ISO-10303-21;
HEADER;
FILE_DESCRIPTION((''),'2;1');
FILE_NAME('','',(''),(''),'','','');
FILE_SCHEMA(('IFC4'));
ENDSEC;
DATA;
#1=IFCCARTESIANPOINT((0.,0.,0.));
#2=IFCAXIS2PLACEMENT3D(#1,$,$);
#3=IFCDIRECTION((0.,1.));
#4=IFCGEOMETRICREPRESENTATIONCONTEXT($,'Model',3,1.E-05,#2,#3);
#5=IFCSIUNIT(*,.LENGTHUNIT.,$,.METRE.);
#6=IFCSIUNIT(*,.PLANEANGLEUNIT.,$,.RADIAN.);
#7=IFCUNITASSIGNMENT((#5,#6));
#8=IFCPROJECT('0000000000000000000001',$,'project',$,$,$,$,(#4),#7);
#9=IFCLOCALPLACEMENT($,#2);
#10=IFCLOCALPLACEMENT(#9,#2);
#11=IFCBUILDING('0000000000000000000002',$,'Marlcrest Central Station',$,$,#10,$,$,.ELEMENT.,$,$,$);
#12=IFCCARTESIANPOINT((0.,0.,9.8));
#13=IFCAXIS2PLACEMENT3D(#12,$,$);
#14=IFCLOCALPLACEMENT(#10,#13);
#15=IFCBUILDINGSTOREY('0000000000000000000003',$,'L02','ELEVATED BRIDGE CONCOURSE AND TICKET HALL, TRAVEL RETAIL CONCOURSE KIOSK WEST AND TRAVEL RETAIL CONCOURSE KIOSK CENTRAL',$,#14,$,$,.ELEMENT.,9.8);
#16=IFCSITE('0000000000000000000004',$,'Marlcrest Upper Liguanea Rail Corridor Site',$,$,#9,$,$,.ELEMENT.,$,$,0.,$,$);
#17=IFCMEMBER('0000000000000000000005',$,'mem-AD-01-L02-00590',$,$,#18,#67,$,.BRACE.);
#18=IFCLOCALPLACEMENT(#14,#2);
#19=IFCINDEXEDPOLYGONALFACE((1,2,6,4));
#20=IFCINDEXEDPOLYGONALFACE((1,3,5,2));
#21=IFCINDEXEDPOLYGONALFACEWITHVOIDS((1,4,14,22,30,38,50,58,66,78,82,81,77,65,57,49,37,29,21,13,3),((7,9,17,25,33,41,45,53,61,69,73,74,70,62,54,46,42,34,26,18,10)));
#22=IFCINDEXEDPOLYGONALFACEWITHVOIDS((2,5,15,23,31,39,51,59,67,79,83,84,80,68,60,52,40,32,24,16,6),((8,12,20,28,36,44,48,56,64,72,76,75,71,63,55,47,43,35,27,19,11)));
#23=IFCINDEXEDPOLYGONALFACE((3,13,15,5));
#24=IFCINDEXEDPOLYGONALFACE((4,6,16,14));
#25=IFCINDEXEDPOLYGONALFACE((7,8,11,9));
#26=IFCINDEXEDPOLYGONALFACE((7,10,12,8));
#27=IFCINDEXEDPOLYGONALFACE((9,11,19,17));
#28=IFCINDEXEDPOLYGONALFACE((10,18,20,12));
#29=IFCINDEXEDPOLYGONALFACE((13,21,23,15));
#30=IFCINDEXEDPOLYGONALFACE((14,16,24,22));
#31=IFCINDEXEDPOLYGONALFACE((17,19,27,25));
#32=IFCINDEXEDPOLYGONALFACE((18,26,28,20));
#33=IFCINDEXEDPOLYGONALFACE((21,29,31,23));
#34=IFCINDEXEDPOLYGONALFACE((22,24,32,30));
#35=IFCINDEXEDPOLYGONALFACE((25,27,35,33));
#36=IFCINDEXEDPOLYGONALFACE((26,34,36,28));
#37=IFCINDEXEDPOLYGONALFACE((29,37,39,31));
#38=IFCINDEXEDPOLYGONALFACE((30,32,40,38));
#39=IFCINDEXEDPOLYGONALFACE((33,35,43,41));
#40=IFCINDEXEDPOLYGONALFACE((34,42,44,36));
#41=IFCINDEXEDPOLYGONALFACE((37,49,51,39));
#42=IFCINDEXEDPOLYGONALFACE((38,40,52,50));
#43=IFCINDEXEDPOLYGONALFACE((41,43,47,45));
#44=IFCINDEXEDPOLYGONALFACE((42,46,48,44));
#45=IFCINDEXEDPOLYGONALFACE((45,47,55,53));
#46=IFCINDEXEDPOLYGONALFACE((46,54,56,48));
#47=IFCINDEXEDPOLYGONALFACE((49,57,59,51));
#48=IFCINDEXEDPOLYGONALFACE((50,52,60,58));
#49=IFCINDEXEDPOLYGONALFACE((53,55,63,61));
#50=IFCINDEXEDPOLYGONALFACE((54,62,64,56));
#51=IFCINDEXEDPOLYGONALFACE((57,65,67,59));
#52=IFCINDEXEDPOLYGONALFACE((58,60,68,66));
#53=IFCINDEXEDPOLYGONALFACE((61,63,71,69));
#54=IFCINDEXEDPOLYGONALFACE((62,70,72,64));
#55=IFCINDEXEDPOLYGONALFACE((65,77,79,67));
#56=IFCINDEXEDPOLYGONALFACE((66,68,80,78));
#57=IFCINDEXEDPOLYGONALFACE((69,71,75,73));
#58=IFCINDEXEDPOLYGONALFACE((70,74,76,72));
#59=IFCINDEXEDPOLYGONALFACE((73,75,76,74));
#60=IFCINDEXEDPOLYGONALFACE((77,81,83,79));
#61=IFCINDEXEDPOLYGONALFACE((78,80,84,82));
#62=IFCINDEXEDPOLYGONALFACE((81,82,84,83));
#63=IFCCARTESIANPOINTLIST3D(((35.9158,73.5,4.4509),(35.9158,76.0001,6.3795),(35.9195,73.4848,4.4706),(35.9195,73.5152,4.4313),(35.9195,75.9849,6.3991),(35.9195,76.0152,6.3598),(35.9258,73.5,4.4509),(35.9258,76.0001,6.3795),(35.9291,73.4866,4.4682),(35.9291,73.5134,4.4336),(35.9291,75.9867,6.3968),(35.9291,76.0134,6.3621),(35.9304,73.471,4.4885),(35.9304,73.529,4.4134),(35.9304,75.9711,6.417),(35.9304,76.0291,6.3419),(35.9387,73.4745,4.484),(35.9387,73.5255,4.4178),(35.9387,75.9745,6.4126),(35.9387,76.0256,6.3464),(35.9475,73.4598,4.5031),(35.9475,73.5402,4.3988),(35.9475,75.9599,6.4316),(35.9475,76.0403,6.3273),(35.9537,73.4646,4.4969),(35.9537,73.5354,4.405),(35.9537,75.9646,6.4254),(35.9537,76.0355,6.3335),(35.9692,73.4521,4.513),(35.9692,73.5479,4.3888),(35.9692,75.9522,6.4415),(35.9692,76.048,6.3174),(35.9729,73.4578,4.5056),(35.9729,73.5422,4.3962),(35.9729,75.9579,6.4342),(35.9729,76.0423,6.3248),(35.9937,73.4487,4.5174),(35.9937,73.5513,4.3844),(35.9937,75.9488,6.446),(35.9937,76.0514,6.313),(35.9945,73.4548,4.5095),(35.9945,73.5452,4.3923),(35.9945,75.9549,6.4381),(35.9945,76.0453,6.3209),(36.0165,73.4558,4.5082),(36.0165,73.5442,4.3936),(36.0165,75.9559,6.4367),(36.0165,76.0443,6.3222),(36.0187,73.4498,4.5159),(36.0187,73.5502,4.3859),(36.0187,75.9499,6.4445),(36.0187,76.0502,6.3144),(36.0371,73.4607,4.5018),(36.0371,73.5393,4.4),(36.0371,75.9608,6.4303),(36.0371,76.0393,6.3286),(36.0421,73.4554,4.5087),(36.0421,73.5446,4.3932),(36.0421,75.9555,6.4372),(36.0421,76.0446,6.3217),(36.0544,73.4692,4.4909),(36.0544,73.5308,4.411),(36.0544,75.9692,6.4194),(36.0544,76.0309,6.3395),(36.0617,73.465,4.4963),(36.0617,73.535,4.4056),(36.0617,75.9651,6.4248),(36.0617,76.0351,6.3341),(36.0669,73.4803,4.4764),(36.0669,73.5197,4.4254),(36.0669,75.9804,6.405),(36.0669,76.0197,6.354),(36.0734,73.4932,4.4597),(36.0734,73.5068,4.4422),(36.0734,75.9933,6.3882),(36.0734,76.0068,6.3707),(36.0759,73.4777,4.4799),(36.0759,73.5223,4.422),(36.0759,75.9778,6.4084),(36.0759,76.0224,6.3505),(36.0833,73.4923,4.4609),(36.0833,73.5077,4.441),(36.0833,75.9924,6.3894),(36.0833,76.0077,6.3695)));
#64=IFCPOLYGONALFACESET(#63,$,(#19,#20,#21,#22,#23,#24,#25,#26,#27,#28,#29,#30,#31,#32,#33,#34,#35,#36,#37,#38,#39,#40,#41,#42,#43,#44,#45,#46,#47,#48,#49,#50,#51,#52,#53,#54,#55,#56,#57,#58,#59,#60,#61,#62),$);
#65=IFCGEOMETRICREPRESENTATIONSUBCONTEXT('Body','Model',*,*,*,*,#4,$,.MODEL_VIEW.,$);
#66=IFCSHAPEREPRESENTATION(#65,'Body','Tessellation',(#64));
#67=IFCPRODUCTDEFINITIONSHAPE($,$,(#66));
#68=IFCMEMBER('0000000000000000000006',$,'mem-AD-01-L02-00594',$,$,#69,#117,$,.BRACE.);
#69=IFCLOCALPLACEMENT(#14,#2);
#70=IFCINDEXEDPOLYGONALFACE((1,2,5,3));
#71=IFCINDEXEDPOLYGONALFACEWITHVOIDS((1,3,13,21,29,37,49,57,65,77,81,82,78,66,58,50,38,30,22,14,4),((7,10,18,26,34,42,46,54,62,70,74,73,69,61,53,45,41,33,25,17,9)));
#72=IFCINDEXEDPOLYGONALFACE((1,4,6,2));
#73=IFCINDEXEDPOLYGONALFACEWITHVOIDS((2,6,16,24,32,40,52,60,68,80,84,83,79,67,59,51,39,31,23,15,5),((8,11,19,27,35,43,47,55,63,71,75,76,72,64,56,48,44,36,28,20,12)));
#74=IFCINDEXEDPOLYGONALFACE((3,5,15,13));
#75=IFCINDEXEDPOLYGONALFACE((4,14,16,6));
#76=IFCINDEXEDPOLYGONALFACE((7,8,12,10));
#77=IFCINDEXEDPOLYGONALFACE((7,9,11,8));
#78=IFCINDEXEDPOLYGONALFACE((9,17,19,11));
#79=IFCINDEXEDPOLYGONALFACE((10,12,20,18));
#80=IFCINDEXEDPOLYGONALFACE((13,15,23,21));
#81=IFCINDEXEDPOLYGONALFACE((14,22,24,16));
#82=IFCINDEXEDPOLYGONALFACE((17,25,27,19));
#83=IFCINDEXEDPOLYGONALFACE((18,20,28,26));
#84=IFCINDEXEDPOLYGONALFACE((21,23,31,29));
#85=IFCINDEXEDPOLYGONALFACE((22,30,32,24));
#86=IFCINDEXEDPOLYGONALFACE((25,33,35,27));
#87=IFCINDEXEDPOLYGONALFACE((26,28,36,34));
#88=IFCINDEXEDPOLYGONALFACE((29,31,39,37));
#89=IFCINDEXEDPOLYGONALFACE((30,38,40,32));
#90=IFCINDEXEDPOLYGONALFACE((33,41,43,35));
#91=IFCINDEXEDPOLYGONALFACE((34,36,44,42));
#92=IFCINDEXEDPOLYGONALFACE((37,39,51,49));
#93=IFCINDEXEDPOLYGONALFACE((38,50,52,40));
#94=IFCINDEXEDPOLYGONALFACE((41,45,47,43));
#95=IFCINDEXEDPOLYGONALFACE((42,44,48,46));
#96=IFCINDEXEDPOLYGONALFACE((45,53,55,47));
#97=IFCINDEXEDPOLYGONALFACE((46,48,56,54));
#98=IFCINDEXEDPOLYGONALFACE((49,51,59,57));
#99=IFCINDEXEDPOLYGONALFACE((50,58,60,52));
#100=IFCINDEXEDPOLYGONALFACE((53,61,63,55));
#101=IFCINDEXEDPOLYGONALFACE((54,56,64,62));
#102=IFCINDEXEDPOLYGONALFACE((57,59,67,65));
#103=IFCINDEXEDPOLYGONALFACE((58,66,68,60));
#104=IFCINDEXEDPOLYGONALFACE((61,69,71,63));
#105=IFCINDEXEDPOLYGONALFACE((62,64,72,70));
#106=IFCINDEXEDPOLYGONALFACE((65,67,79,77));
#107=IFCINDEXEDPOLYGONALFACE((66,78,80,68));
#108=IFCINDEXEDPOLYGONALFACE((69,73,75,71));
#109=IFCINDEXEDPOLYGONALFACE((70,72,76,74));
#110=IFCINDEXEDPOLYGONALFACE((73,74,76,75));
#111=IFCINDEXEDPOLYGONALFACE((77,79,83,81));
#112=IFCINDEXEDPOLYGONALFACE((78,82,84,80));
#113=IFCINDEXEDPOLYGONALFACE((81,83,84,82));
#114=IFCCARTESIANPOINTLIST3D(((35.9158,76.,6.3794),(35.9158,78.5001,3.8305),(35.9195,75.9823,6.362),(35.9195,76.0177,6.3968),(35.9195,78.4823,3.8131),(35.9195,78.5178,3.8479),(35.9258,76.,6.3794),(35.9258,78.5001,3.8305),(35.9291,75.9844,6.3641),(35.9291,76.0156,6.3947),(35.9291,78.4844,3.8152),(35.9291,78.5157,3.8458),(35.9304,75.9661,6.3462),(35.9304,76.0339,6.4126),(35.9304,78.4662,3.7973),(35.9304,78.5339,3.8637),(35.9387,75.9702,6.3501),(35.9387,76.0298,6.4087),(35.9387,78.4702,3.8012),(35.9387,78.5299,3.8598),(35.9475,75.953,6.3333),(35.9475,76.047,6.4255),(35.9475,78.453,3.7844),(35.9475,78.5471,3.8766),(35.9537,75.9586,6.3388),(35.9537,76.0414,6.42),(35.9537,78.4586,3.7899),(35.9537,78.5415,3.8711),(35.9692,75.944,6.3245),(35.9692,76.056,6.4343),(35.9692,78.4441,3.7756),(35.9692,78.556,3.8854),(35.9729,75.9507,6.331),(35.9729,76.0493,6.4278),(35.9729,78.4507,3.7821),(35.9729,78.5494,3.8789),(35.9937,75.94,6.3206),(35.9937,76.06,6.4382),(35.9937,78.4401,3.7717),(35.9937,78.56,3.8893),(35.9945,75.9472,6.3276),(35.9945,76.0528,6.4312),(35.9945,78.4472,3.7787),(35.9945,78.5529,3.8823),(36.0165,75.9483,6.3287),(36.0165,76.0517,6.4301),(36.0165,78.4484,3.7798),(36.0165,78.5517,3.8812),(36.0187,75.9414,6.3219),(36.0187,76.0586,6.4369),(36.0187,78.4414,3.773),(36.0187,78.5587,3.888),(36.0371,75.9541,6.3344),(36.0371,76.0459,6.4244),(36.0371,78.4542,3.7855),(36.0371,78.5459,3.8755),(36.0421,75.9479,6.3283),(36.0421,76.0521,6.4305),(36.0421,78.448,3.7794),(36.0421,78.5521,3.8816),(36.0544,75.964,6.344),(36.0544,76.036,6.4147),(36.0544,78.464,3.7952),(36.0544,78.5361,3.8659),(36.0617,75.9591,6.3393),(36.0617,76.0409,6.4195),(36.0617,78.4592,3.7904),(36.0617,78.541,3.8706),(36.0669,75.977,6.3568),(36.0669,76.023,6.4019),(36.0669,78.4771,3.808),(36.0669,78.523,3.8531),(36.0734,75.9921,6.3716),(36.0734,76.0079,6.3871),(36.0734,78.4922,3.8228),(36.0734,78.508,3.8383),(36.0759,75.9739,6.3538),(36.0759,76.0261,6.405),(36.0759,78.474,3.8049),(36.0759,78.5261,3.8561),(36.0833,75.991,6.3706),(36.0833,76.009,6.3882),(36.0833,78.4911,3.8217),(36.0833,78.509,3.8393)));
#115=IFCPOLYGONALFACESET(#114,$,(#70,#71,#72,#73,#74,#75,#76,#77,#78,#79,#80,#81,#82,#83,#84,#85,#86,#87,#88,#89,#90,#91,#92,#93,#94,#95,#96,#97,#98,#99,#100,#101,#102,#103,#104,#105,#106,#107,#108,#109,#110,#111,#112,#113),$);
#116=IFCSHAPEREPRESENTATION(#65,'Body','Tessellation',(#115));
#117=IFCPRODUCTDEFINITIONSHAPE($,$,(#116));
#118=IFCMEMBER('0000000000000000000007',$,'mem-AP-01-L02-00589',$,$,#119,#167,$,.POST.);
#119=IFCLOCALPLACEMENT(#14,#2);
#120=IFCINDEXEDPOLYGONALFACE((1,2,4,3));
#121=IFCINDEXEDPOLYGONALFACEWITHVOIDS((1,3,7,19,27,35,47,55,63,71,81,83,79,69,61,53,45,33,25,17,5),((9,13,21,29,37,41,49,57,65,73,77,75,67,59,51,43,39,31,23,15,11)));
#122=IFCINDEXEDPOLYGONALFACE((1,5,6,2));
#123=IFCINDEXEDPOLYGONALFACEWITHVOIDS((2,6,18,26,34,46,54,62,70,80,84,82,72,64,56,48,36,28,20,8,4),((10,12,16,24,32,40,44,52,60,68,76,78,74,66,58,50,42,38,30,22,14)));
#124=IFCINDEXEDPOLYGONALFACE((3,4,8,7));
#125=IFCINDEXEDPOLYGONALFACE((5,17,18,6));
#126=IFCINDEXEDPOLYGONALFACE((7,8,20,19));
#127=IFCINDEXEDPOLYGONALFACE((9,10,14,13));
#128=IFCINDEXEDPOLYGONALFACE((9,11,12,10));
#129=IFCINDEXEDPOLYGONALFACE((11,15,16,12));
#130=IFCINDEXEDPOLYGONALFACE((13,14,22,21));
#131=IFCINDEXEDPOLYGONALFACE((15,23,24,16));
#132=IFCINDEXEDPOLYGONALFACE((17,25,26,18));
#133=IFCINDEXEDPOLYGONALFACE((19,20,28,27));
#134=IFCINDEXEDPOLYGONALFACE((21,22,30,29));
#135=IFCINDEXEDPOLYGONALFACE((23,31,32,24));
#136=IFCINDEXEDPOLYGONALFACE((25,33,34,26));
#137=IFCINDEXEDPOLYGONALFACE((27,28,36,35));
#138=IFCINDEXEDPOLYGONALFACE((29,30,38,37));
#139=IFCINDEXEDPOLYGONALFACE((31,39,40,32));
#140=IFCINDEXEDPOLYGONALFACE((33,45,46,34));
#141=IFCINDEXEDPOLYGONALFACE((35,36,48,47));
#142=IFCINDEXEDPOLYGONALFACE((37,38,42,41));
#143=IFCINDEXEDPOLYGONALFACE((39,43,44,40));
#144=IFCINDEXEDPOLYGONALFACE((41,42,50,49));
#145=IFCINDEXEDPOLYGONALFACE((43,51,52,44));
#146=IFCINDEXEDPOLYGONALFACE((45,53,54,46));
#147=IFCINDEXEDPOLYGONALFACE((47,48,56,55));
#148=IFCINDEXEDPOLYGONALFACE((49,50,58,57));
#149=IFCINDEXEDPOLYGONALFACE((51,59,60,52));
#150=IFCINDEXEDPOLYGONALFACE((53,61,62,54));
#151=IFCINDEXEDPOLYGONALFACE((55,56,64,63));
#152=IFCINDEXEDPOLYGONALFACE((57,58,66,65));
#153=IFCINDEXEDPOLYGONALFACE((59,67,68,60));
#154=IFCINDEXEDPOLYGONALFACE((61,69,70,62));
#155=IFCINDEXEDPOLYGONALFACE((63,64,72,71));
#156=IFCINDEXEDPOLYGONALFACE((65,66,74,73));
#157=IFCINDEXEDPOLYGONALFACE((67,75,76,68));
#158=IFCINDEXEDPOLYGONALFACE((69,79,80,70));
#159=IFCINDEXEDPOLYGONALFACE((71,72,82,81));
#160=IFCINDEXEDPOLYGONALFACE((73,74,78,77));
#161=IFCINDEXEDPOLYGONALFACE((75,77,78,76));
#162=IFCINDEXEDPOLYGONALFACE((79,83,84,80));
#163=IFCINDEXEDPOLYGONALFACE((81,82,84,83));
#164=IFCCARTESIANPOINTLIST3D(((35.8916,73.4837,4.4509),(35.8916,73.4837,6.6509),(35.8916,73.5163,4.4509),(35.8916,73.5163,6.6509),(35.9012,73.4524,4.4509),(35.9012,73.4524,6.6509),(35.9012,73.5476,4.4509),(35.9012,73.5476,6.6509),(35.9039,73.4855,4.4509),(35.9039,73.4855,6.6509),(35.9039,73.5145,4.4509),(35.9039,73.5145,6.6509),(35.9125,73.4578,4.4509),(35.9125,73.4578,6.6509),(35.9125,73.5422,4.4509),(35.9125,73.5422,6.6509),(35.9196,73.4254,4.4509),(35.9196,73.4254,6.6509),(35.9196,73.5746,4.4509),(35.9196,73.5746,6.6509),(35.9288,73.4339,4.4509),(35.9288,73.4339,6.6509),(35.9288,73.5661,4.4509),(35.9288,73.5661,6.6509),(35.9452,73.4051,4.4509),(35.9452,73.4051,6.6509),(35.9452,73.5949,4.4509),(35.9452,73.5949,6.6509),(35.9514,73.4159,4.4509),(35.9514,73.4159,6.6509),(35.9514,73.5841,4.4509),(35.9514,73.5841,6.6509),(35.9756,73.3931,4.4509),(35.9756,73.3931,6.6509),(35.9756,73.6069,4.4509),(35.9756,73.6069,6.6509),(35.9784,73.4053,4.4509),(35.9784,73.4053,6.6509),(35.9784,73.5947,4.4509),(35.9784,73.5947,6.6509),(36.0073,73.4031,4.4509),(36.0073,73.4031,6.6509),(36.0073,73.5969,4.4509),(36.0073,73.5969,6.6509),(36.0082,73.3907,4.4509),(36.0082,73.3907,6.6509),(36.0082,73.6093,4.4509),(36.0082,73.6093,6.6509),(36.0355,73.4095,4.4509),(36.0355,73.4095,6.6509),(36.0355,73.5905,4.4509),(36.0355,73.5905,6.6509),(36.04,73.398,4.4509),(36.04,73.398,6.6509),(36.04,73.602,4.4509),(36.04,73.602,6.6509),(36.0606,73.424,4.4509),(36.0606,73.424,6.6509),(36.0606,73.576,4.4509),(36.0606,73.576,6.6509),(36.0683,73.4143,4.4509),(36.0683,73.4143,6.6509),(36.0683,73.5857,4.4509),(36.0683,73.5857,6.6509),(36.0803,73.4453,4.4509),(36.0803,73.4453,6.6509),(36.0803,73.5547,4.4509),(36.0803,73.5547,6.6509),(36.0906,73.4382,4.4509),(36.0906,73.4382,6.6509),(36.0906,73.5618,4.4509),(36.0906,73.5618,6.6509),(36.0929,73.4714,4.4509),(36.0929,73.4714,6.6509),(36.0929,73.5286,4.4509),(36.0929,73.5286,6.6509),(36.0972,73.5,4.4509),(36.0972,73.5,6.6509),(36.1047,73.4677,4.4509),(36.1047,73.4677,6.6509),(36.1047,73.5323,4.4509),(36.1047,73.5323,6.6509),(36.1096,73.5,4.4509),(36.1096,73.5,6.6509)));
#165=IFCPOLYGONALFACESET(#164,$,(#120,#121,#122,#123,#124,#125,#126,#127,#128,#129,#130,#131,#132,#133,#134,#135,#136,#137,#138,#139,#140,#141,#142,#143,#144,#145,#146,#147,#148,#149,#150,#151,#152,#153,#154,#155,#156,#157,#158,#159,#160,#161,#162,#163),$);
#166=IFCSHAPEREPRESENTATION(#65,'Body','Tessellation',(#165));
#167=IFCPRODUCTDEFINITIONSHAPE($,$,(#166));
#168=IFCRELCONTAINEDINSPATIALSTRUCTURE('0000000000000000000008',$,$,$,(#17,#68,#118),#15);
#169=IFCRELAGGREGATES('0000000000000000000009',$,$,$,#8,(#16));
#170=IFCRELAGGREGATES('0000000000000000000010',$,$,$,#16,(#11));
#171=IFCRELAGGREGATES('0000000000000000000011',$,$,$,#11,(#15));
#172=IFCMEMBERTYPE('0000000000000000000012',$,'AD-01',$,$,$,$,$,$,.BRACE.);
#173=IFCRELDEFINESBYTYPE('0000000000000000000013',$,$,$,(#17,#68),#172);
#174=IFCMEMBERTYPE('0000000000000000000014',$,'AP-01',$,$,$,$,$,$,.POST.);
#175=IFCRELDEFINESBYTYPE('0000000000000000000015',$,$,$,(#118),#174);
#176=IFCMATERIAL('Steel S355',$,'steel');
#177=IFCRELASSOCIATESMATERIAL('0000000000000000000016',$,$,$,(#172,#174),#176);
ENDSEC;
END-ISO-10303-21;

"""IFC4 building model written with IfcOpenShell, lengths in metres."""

from ifc_helpers import new_model, si_unit, direction, frame, origin, origin_2d, place, context, subcontext, project, spatial, hollow_circle, extrude, material, material_profile, profile_set, type_object, element, save


model = new_model("IFC4")

# Units and contexts
model_context = context("Model", 3, precision=1e-05, world=origin(), true_north=direction((0.0, 1.0)))
body_context = subcontext(model_context, "Body", "Model", "MODEL_VIEW")
ifc_project = project(units=[si_unit("LENGTHUNIT", "METRE"), si_unit("PLANEANGLEUNIT", "RADIAN")], contexts=[model_context])

# Site, building, storey
site_placement = place(None, origin())
site = spatial("IfcSite", under=ifc_project, at=site_placement, Name="Marlcrest Upper Liguanea Rail Corridor Site", CompositionType="ELEMENT", RefElevation=0.0)
building_placement = place(site_placement, origin())
building = spatial("IfcBuilding", under=site, at=building_placement, Name="Marlcrest Central Station", CompositionType="ELEMENT")
storey_placement = place(building_placement, frame((0.0, 0.0, 9.8)))
storey = spatial("IfcBuildingStorey", under=building, at=storey_placement, Name="L02", Description="ELEVATED BRIDGE CONCOURSE AND TICKET HALL, TRAVEL RETAIL CONCOURSE KIOSK WEST AND TRAVEL RETAIL CONCOURSE KIOSK CENTRAL", CompositionType="ELEMENT", Elevation=9.8)

# Members
ifc_material = material(Name="Steel S355", Category="steel")
ifc_material_profile_1 = material_profile(ifc_material, hollow_circle(Radius=0.0842, WallThickness=0.01, at=origin_2d()), Name="CHS 168.3x10")
ifc_profile_set_1 = profile_set([ifc_material_profile_1], Name="Steel S355")
member_type_1 = type_object("IfcMemberType", Name="AD-01", PredefinedType="BRACE", material=ifc_profile_set_1)
member_1_placement = place(storey_placement, frame((36.0, 73.5, 4.4509), z_axis=(0.0, 0.791798, 0.610783), x_axis=(-1.0, 0.0, 0.0)))
element("IfcMember", 1, at=member_1_placement, inside=storey, type_object=member_type_1, Name="mem-AD-01-L02-00590", PredefinedType="BRACE", context=body_context, shape_type="SweptSolid", body=[
    extrude(hollow_circle(Radius=0.0842, WallThickness=0.01, at=origin_2d()), origin(), (0.0, 0.0, 1.0), 3.1575),
])
member_2_placement = place(storey_placement, frame((36.0, 76.0, 6.3794), z_axis=(0.0, 0.700235, -0.713912), x_axis=(-1.0, 0.0, 0.0)))
element("IfcMember", 2, at=member_2_placement, inside=storey, type_object=member_type_1, Name="mem-AD-01-L02-00594", PredefinedType="BRACE", context=body_context, shape_type="SweptSolid", body=[
    extrude(hollow_circle(Radius=0.0842, WallThickness=0.01, at=origin_2d()), origin(), (0.0, 0.0, 1.0), 3.5703),
])
ifc_material_profile_2 = material_profile(ifc_material, hollow_circle(Radius=0.1096, WallThickness=0.0125, at=origin_2d()), Name="CHS 219.1x12.5")
ifc_profile_set_2 = profile_set([ifc_material_profile_2], Name="Steel S355")
member_type_2 = type_object("IfcMemberType", Name="AP-01", PredefinedType="POST", material=ifc_profile_set_2)
for number, where, z_axis, x_axis, name in (
    (3, (36.0, 73.5, 4.4509), (0.0, 0.0, 1.0), (1.0, 0.0, 0.0), "mem-AP-01-L02-00589"),
):
    element("IfcMember", number, at=place(storey_placement, frame(where, z_axis=z_axis, x_axis=x_axis)), inside=storey, type_object=member_type_2, Name=name, PredefinedType="POST", context=body_context, shape_type="SweptSolid", body=[
        extrude(hollow_circle(Radius=0.1096, WallThickness=0.0125, at=origin_2d()), origin(), (0.0, 0.0, 1.0), 2.2),
    ])

save(model, "model.ifc")
